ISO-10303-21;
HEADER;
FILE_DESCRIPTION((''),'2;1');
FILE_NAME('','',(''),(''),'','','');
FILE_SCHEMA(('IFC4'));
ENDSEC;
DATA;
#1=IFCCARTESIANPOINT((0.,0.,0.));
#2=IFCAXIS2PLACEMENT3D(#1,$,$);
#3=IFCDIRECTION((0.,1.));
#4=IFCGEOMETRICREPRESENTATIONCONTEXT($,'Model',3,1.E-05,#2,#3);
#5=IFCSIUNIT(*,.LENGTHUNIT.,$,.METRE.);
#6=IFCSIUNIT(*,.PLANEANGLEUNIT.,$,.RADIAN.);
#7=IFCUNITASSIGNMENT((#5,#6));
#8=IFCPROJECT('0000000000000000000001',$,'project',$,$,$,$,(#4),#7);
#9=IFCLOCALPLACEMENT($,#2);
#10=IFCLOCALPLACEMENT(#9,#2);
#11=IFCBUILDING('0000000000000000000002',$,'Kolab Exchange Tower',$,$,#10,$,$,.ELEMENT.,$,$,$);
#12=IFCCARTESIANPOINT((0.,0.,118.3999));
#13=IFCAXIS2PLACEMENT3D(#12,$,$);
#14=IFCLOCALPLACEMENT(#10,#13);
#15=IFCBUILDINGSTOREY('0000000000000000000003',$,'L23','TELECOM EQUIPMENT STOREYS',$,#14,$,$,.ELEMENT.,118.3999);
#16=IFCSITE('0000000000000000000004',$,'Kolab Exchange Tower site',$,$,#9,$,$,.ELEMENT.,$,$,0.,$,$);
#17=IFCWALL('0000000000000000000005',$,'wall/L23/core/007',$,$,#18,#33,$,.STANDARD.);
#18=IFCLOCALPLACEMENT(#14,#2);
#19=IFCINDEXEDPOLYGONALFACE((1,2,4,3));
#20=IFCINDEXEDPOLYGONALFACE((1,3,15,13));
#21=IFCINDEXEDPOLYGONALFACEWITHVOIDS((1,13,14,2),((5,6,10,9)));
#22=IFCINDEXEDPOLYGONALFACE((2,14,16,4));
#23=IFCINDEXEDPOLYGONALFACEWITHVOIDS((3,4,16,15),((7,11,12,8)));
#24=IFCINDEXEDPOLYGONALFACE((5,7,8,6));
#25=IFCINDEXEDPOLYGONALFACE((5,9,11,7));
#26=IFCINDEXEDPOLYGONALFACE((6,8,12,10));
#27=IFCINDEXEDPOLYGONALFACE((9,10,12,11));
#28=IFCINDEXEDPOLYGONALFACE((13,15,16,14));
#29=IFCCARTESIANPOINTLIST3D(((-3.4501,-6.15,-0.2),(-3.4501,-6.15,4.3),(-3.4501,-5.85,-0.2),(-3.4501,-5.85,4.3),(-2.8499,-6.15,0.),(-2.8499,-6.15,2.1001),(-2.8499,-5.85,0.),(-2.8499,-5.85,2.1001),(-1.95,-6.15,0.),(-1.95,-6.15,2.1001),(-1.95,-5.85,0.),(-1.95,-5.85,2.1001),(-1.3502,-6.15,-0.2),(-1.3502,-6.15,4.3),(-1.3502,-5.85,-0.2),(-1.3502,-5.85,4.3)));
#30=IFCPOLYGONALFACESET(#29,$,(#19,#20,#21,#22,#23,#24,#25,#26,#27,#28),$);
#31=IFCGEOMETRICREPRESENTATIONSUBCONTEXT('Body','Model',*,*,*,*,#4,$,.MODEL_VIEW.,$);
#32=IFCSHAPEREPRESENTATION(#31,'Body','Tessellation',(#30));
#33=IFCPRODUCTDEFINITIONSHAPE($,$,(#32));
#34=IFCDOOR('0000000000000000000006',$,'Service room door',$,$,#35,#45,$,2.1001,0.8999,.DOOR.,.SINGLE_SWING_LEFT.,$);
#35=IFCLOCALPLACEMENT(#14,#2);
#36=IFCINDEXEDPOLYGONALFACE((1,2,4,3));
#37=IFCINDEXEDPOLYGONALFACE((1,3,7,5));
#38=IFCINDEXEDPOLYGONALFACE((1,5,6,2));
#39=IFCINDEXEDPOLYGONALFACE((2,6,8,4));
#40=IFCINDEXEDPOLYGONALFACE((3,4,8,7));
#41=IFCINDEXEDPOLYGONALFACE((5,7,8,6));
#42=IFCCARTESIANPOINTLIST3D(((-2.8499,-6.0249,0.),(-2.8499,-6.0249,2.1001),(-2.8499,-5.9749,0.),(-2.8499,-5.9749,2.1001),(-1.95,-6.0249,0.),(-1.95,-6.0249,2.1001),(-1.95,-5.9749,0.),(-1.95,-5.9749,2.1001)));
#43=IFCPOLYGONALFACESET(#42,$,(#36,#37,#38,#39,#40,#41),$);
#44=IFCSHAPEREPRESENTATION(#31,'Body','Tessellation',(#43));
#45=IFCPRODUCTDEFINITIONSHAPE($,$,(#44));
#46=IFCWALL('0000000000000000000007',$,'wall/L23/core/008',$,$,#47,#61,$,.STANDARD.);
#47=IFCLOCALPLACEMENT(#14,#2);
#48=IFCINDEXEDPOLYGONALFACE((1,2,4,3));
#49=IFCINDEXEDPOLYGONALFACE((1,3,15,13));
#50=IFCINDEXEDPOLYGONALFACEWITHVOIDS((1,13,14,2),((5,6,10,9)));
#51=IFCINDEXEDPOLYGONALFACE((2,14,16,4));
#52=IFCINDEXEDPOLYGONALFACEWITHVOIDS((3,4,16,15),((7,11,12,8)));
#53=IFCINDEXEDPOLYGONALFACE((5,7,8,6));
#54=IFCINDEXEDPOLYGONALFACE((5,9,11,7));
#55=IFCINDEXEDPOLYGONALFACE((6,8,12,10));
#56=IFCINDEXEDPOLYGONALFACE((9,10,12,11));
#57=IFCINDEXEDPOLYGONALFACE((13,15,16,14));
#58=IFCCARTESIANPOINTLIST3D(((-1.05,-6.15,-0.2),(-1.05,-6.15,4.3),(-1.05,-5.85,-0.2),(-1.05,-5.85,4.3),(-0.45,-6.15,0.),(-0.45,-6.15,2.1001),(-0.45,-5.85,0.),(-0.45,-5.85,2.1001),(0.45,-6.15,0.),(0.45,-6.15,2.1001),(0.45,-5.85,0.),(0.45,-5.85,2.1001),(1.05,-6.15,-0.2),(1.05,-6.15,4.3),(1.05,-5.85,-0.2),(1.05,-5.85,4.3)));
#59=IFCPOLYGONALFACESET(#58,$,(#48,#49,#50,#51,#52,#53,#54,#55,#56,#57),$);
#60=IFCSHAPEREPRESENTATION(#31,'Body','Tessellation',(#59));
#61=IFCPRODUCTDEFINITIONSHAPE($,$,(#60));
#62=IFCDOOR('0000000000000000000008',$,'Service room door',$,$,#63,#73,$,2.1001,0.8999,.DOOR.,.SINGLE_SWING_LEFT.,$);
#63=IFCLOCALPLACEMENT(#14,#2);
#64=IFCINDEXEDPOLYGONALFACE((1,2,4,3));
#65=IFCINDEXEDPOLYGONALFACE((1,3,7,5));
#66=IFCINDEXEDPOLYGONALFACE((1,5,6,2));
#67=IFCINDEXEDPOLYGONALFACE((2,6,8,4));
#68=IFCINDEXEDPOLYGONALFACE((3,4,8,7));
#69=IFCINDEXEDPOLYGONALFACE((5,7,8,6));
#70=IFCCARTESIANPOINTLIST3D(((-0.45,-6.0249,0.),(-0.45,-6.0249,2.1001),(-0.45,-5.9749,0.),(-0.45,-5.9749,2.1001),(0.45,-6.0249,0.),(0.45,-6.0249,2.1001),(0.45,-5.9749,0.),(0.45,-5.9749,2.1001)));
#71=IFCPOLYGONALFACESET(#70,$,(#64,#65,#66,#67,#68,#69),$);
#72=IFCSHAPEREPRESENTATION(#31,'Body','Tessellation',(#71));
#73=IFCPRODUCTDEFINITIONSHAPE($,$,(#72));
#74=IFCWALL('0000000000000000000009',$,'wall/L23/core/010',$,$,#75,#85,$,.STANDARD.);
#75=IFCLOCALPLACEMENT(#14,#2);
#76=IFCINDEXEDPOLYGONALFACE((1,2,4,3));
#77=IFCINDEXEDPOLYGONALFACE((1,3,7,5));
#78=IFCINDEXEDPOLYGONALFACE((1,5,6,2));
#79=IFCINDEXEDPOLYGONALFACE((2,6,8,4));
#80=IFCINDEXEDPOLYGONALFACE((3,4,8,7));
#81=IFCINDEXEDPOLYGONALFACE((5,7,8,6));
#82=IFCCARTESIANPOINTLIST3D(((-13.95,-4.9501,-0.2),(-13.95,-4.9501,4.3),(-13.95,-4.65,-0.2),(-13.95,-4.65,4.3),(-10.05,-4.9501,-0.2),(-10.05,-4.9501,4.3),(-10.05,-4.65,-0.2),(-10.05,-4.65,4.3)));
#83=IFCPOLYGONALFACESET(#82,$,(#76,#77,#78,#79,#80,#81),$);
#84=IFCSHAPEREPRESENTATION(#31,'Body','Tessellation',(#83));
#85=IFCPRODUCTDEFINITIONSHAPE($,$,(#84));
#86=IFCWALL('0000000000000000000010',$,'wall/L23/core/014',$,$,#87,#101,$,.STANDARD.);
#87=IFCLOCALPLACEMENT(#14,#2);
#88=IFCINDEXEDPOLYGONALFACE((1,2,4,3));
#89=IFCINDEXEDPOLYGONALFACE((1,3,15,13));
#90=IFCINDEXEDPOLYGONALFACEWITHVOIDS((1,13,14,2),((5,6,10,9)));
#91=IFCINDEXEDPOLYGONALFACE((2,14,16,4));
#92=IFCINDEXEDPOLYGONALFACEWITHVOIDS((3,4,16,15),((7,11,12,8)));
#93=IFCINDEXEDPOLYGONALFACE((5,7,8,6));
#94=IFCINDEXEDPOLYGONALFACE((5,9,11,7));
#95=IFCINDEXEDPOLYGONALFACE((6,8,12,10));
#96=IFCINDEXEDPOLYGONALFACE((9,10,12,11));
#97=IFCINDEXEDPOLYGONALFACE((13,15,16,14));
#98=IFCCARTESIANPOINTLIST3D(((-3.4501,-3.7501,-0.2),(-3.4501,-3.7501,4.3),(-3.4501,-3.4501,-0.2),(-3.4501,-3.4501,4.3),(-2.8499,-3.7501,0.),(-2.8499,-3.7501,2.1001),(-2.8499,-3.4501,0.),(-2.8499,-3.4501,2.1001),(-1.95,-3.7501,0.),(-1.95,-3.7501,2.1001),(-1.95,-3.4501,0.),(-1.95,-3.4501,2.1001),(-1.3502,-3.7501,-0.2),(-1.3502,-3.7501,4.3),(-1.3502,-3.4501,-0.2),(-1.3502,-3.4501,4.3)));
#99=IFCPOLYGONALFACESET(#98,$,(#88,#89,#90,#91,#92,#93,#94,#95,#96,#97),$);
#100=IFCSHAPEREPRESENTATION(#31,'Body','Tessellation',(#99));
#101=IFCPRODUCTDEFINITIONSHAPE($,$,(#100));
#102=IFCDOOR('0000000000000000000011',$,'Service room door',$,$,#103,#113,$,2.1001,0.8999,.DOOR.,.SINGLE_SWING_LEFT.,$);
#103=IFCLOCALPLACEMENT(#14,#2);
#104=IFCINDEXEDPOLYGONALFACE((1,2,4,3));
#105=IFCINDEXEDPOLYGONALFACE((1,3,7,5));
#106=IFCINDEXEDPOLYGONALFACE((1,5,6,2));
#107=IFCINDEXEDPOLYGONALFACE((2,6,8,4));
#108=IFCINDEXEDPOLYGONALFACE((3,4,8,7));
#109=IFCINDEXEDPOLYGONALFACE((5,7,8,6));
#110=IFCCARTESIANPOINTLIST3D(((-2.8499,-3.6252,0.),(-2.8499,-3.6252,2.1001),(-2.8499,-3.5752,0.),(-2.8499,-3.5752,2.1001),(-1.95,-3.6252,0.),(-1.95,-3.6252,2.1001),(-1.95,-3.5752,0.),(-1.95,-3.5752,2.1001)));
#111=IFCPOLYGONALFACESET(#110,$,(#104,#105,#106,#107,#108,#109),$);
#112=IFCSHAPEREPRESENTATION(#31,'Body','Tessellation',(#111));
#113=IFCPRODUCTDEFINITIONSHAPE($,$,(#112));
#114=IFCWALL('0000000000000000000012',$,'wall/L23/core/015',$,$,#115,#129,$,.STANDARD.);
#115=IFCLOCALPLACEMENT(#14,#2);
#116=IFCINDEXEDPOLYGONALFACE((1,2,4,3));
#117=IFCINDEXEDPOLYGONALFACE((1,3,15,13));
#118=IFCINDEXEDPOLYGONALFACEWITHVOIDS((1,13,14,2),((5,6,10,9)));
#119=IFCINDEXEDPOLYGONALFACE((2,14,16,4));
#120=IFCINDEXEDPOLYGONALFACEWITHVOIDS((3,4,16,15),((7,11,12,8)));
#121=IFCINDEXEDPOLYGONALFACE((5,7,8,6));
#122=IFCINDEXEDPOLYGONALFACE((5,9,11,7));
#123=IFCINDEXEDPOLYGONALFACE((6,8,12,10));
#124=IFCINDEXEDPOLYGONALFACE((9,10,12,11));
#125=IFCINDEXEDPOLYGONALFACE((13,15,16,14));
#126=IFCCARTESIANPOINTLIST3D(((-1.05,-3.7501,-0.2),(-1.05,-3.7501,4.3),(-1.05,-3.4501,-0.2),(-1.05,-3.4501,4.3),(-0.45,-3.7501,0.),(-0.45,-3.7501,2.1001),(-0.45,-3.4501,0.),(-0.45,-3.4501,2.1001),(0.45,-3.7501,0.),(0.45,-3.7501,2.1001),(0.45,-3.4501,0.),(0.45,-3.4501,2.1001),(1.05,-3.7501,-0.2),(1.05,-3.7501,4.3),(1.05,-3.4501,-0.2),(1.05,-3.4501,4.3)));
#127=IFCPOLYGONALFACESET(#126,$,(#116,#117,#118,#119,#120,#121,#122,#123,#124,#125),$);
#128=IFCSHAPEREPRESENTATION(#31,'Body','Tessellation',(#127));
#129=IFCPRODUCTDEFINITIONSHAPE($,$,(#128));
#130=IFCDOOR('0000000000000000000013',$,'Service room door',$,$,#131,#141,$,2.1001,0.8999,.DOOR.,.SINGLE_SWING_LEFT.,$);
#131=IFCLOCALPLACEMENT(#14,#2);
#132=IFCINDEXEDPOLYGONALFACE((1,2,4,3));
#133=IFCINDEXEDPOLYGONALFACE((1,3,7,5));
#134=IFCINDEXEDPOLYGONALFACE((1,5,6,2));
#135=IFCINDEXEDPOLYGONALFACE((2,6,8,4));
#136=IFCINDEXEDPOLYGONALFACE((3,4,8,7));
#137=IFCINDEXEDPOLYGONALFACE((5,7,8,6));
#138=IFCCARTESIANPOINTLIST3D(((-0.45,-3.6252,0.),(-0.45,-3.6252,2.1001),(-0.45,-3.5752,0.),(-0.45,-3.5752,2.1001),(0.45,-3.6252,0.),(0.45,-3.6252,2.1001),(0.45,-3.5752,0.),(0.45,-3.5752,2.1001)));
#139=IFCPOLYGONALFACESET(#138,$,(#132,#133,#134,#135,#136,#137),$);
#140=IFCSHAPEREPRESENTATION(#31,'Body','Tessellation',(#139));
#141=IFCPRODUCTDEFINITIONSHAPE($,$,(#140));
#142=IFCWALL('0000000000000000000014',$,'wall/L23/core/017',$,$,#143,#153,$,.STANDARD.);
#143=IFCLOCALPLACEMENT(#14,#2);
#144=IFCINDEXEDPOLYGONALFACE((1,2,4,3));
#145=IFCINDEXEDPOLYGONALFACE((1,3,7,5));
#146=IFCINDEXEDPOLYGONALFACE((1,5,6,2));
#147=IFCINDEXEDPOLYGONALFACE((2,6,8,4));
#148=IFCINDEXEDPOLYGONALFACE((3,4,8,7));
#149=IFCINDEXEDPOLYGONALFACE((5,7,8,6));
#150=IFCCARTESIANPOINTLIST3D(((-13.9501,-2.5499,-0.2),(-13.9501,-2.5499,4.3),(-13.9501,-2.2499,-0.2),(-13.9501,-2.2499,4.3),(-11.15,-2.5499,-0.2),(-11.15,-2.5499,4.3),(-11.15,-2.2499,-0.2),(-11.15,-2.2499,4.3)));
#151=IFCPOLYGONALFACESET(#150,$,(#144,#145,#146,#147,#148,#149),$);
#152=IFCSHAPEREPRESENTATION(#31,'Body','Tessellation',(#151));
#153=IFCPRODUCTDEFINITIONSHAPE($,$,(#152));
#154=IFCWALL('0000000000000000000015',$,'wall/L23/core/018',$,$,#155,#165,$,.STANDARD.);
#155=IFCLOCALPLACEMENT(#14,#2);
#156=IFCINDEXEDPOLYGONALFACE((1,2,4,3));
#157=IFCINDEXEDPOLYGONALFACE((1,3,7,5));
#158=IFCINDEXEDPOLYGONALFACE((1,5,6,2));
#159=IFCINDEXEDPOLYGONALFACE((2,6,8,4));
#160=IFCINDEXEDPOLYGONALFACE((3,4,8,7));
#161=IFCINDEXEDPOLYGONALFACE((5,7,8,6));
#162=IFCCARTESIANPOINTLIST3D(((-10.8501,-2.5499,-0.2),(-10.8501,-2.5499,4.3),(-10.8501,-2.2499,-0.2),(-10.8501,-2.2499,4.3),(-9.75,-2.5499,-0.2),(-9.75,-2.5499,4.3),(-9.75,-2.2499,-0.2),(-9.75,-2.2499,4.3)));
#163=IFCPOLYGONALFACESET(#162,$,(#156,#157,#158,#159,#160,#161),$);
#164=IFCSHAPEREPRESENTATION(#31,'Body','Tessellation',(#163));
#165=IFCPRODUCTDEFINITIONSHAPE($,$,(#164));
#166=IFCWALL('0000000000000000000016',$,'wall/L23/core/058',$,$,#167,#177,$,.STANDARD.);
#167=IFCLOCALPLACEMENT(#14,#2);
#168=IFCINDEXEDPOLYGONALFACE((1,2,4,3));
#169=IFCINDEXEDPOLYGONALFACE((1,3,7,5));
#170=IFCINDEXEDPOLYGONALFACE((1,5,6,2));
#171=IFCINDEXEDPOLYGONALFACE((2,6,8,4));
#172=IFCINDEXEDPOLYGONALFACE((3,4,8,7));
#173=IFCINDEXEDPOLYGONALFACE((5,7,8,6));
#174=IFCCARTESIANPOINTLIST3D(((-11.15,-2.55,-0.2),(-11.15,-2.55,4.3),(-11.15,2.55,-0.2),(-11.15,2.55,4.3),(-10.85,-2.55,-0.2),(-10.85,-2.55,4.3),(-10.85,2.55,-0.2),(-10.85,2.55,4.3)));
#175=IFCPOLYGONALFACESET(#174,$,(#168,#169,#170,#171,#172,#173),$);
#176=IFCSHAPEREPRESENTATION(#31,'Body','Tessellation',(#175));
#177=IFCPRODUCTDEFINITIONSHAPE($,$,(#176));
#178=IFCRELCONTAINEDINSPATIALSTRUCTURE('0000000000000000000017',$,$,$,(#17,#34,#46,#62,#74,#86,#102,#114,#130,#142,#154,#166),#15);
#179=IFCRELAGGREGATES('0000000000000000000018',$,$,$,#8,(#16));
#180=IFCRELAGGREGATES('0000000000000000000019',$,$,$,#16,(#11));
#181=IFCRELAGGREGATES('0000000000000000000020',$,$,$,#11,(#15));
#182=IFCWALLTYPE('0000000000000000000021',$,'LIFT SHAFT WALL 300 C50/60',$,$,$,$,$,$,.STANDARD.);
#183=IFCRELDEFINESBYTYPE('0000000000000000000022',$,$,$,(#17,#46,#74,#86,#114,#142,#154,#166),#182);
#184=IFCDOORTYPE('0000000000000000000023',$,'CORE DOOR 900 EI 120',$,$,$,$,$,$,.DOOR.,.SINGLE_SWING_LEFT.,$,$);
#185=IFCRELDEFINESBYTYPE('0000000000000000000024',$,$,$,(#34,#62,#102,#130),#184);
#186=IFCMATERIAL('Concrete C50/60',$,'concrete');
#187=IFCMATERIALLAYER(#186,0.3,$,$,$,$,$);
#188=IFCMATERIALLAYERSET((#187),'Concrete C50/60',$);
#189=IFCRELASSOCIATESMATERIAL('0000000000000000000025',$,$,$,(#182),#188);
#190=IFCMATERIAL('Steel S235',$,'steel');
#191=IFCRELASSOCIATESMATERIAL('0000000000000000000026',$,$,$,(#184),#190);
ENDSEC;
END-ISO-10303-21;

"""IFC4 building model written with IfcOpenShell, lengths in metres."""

from ifc_helpers import new_model, si_unit, direction, frame, frame_2d, origin, place, context, subcontext, project, spatial, rectangle, extrude, material, layer, layer_set, type_object, element, fill, save


model = new_model("IFC4")

# Units and contexts
model_context = context("Model", 3, precision=1e-05, world=origin(), true_north=direction((0.0, 1.0)))
body_context = subcontext(model_context, "Body", "Model", "MODEL_VIEW")
ifc_project = project(units=[si_unit("LENGTHUNIT", "METRE"), si_unit("PLANEANGLEUNIT", "RADIAN")], contexts=[model_context])

# Site, building, storey
site_placement = place(None, origin())
site = spatial("IfcSite", under=ifc_project, at=site_placement, Name="Kolab Exchange Tower site", CompositionType="ELEMENT", RefElevation=0.0)
building_placement = place(site_placement, origin())
building = spatial("IfcBuilding", under=site, at=building_placement, Name="Kolab Exchange Tower", CompositionType="ELEMENT")
storey_placement = place(building_placement, frame((0.0, 0.0, 118.3999)))
storey = spatial("IfcBuildingStorey", under=building, at=storey_placement, Name="L23", Description="TELECOM EQUIPMENT STOREYS", CompositionType="ELEMENT", Elevation=118.3999)

# Walls, openings, doors
ifc_material_1 = material(Name="Concrete C50/60", Category="concrete")
ifc_layer_1 = layer(ifc_material_1, 0.3)
ifc_layer_set_1 = layer_set([ifc_layer_1], Name="Concrete C50/60")
wall_type_1 = type_object("IfcWallType", Name="LIFT SHAFT WALL 300 C50/60", PredefinedType="STANDARD", material=ifc_layer_set_1)
wall_1_placement = place(storey_placement, frame((-3.45, -6.0, -0.2), z_axis=(0.0, 0.0, 1.0), x_axis=(1.0, 0.0, 0.0)))
wall_1 = element("IfcWall", 1, at=wall_1_placement, inside=storey, type_object=wall_type_1, Name="wall/L23/core/007", PredefinedType="STANDARD", context=body_context, shape_type="SweptSolid", body=[
    extrude(rectangle(XDim=2.0999, YDim=0.3, at=frame_2d((1.0498, 0.0))), origin(), (0.0, 0.0, 1.0), 4.5),
])
opening_1_placement = place(wall_1_placement, frame((0.6001, 0.0, 0.2)))
opening_1 = element("IfcOpeningElement", 2, at=opening_1_placement, cuts=wall_1, PredefinedType="OPENING", context=body_context, shape_type="SweptSolid", body=[
    extrude(rectangle(XDim=0.8999, YDim=2.1001, at=frame_2d((0.45, 1.05))), frame((0.0, 0.1602, 0.0), z_axis=(0.0, -1.0, 0.0), x_axis=(1.0, 0.0, 0.0)), (0.0, 0.0, 1.0), 0.3201),
])
ifc_material_2 = material(Name="Steel S235", Category="steel")
door_type_1 = type_object("IfcDoorType", Name="CORE DOOR 900 EI 120", OperationType="SINGLE_SWING_LEFT", PredefinedType="DOOR", material=ifc_material_2)
door_1_placement = place(opening_1_placement, frame((0.8999, 0.0, 0.0), z_axis=(0.0, 0.0, 1.0), x_axis=(-1.0, 0.0, 0.0)))
door_1 = element("IfcDoor", 3, at=door_1_placement, inside=storey, type_object=door_type_1, Name="Service room door", OperationType="SINGLE_SWING_LEFT", OverallHeight=2.1001, OverallWidth=0.8999, PredefinedType="DOOR", context=body_context, shape_type="SweptSolid", body=[
    extrude(rectangle(XDim=0.8999, YDim=2.1001, at=frame_2d((0.45, 1.05))), frame((0.0, 0.0249, 0.0), z_axis=(0.0, -1.0, 0.0), x_axis=(1.0, 0.0, 0.0)), (0.0, 0.0, 1.0), 0.05),
])
fill(opening_1, door_1)
wall_2_placement = place(storey_placement, frame((-1.05, -6.0, -0.2), z_axis=(0.0, 0.0, 1.0), x_axis=(1.0, 0.0, 0.0)))
wall_2 = element("IfcWall", 4, at=wall_2_placement, inside=storey, type_object=wall_type_1, Name="wall/L23/core/008", PredefinedType="STANDARD", context=body_context, shape_type="SweptSolid", body=[
    extrude(rectangle(XDim=2.1001, YDim=0.3, at=frame_2d((1.05, 0.0))), origin(), (0.0, 0.0, 1.0), 4.5),
])
opening_2_placement = place(wall_2_placement, frame((0.6001, 0.0, 0.2)))
opening_2 = element("IfcOpeningElement", 5, at=opening_2_placement, cuts=wall_2, PredefinedType="OPENING", context=body_context, shape_type="SweptSolid", body=[
    extrude(rectangle(XDim=0.8999, YDim=2.1001, at=frame_2d((0.45, 1.05))), frame((0.0, 0.1602, 0.0), z_axis=(0.0, -1.0, 0.0), x_axis=(1.0, 0.0, 0.0)), (0.0, 0.0, 1.0), 0.3201),
])
door_2_placement = place(opening_2_placement, frame((0.8999, 0.0, 0.0), z_axis=(0.0, 0.0, 1.0), x_axis=(-1.0, 0.0, 0.0)))
door_2 = element("IfcDoor", 6, at=door_2_placement, inside=storey, type_object=door_type_1, Name="Service room door", OperationType="SINGLE_SWING_LEFT", OverallHeight=2.1001, OverallWidth=0.8999, PredefinedType="DOOR", context=body_context, shape_type="SweptSolid", body=[
    extrude(rectangle(XDim=0.8999, YDim=2.1001, at=frame_2d((0.45, 1.05))), frame((0.0, 0.0249, 0.0), z_axis=(0.0, -1.0, 0.0), x_axis=(1.0, 0.0, 0.0)), (0.0, 0.0, 1.0), 0.05),
])
fill(opening_2, door_2)

# Wall
wall_3_placement = place(storey_placement, frame((-13.95, -4.8, -0.2), z_axis=(0.0, 0.0, 1.0), x_axis=(1.0, 0.0, 0.0)))
element("IfcWall", 7, at=wall_3_placement, inside=storey, type_object=wall_type_1, Name="wall/L23/core/010", PredefinedType="STANDARD", context=body_context, shape_type="SweptSolid", body=[
    extrude(rectangle(XDim=3.8999, YDim=0.3, at=frame_2d((1.95, 0.0))), origin(), (0.0, 0.0, 1.0), 4.5),
])

# Walls, openings, doors
wall_4_placement = place(storey_placement, frame((-3.45, -3.6001, -0.2), z_axis=(0.0, 0.0, 1.0), x_axis=(1.0, 0.0, 0.0)))
wall_4 = element("IfcWall", 8, at=wall_4_placement, inside=storey, type_object=wall_type_1, Name="wall/L23/core/014", PredefinedType="STANDARD", context=body_context, shape_type="SweptSolid", body=[
    extrude(rectangle(XDim=2.0999, YDim=0.3, at=frame_2d((1.0498, 0.0))), origin(), (0.0, 0.0, 1.0), 4.5),
])
opening_3_placement = place(wall_4_placement, frame((0.6001, 0.0, 0.2)))
opening_3 = element("IfcOpeningElement", 9, at=opening_3_placement, cuts=wall_4, PredefinedType="OPENING", context=body_context, shape_type="SweptSolid", body=[
    extrude(rectangle(XDim=0.8999, YDim=2.1001, at=frame_2d((0.45, 1.05))), frame((0.0, 0.1602, 0.0), z_axis=(0.0, -1.0, 0.0), x_axis=(1.0, 0.0, 0.0)), (0.0, 0.0, 1.0), 0.3201),
])
door_3_placement = place(opening_3_placement, origin())
door_3 = element("IfcDoor", 10, at=door_3_placement, inside=storey, type_object=door_type_1, Name="Service room door", OperationType="SINGLE_SWING_LEFT", OverallHeight=2.1001, OverallWidth=0.8999, PredefinedType="DOOR", context=body_context, shape_type="SweptSolid", body=[
    extrude(rectangle(XDim=0.8999, YDim=2.1001, at=frame_2d((0.45, 1.05))), frame((0.0, 0.0249, 0.0), z_axis=(0.0, -1.0, 0.0), x_axis=(1.0, 0.0, 0.0)), (0.0, 0.0, 1.0), 0.05),
])
fill(opening_3, door_3)
wall_5_placement = place(storey_placement, frame((-1.05, -3.6001, -0.2), z_axis=(0.0, 0.0, 1.0), x_axis=(1.0, 0.0, 0.0)))
wall_5 = element("IfcWall", 11, at=wall_5_placement, inside=storey, type_object=wall_type_1, Name="wall/L23/core/015", PredefinedType="STANDARD", context=body_context, shape_type="SweptSolid", body=[
    extrude(rectangle(XDim=2.1001, YDim=0.3, at=frame_2d((1.05, 0.0))), origin(), (0.0, 0.0, 1.0), 4.5),
])
opening_4_placement = place(wall_5_placement, frame((0.6001, 0.0, 0.2)))
opening_4 = element("IfcOpeningElement", 12, at=opening_4_placement, cuts=wall_5, PredefinedType="OPENING", context=body_context, shape_type="SweptSolid", body=[
    extrude(rectangle(XDim=0.8999, YDim=2.1001, at=frame_2d((0.45, 1.05))), frame((0.0, 0.1602, 0.0), z_axis=(0.0, -1.0, 0.0), x_axis=(1.0, 0.0, 0.0)), (0.0, 0.0, 1.0), 0.3201),
])
door_4_placement = place(opening_4_placement, origin())
door_4 = element("IfcDoor", 13, at=door_4_placement, inside=storey, type_object=door_type_1, Name="Service room door", OperationType="SINGLE_SWING_LEFT", OverallHeight=2.1001, OverallWidth=0.8999, PredefinedType="DOOR", context=body_context, shape_type="SweptSolid", body=[
    extrude(rectangle(XDim=0.8999, YDim=2.1001, at=frame_2d((0.45, 1.05))), frame((0.0, 0.0249, 0.0), z_axis=(0.0, -1.0, 0.0), x_axis=(1.0, 0.0, 0.0)), (0.0, 0.0, 1.0), 0.05),
])
fill(opening_4, door_4)

# Walls
wall_6_placement = place(storey_placement, frame((-13.95, -2.3999, -0.2), z_axis=(0.0, 0.0, 1.0), x_axis=(1.0, 0.0, 0.0)))
element("IfcWall", 14, at=wall_6_placement, inside=storey, type_object=wall_type_1, Name="wall/L23/core/017", PredefinedType="STANDARD", context=body_context, shape_type="SweptSolid", body=[
    extrude(rectangle(XDim=2.8, YDim=0.3, at=frame_2d((1.3999, 0.0))), origin(), (0.0, 0.0, 1.0), 4.5),
])
wall_7_placement = place(storey_placement, frame((-10.8501, -2.3999, -0.2), z_axis=(0.0, 0.0, 1.0), x_axis=(1.0, 0.0, 0.0)))
element("IfcWall", 15, at=wall_7_placement, inside=storey, type_object=wall_type_1, Name="wall/L23/core/018", PredefinedType="STANDARD", context=body_context, shape_type="SweptSolid", body=[
    extrude(rectangle(XDim=1.1001, YDim=0.3, at=frame_2d((0.55, 0.0))), origin(), (0.0, 0.0, 1.0), 4.5),
])
wall_8_placement = place(storey_placement, frame((-11.0, -2.55, -0.2), z_axis=(0.0, 0.0, 1.0), x_axis=(0.0, 1.0, 0.0)))
element("IfcWall", 16, at=wall_8_placement, inside=storey, type_object=wall_type_1, Name="wall/L23/core/058", PredefinedType="STANDARD", context=body_context, shape_type="SweptSolid", body=[
    extrude(rectangle(XDim=5.1001, YDim=0.3, at=frame_2d((2.55, 0.0))), origin(), (0.0, 0.0, 1.0), 4.5),
])

save(model, "model.ifc")
